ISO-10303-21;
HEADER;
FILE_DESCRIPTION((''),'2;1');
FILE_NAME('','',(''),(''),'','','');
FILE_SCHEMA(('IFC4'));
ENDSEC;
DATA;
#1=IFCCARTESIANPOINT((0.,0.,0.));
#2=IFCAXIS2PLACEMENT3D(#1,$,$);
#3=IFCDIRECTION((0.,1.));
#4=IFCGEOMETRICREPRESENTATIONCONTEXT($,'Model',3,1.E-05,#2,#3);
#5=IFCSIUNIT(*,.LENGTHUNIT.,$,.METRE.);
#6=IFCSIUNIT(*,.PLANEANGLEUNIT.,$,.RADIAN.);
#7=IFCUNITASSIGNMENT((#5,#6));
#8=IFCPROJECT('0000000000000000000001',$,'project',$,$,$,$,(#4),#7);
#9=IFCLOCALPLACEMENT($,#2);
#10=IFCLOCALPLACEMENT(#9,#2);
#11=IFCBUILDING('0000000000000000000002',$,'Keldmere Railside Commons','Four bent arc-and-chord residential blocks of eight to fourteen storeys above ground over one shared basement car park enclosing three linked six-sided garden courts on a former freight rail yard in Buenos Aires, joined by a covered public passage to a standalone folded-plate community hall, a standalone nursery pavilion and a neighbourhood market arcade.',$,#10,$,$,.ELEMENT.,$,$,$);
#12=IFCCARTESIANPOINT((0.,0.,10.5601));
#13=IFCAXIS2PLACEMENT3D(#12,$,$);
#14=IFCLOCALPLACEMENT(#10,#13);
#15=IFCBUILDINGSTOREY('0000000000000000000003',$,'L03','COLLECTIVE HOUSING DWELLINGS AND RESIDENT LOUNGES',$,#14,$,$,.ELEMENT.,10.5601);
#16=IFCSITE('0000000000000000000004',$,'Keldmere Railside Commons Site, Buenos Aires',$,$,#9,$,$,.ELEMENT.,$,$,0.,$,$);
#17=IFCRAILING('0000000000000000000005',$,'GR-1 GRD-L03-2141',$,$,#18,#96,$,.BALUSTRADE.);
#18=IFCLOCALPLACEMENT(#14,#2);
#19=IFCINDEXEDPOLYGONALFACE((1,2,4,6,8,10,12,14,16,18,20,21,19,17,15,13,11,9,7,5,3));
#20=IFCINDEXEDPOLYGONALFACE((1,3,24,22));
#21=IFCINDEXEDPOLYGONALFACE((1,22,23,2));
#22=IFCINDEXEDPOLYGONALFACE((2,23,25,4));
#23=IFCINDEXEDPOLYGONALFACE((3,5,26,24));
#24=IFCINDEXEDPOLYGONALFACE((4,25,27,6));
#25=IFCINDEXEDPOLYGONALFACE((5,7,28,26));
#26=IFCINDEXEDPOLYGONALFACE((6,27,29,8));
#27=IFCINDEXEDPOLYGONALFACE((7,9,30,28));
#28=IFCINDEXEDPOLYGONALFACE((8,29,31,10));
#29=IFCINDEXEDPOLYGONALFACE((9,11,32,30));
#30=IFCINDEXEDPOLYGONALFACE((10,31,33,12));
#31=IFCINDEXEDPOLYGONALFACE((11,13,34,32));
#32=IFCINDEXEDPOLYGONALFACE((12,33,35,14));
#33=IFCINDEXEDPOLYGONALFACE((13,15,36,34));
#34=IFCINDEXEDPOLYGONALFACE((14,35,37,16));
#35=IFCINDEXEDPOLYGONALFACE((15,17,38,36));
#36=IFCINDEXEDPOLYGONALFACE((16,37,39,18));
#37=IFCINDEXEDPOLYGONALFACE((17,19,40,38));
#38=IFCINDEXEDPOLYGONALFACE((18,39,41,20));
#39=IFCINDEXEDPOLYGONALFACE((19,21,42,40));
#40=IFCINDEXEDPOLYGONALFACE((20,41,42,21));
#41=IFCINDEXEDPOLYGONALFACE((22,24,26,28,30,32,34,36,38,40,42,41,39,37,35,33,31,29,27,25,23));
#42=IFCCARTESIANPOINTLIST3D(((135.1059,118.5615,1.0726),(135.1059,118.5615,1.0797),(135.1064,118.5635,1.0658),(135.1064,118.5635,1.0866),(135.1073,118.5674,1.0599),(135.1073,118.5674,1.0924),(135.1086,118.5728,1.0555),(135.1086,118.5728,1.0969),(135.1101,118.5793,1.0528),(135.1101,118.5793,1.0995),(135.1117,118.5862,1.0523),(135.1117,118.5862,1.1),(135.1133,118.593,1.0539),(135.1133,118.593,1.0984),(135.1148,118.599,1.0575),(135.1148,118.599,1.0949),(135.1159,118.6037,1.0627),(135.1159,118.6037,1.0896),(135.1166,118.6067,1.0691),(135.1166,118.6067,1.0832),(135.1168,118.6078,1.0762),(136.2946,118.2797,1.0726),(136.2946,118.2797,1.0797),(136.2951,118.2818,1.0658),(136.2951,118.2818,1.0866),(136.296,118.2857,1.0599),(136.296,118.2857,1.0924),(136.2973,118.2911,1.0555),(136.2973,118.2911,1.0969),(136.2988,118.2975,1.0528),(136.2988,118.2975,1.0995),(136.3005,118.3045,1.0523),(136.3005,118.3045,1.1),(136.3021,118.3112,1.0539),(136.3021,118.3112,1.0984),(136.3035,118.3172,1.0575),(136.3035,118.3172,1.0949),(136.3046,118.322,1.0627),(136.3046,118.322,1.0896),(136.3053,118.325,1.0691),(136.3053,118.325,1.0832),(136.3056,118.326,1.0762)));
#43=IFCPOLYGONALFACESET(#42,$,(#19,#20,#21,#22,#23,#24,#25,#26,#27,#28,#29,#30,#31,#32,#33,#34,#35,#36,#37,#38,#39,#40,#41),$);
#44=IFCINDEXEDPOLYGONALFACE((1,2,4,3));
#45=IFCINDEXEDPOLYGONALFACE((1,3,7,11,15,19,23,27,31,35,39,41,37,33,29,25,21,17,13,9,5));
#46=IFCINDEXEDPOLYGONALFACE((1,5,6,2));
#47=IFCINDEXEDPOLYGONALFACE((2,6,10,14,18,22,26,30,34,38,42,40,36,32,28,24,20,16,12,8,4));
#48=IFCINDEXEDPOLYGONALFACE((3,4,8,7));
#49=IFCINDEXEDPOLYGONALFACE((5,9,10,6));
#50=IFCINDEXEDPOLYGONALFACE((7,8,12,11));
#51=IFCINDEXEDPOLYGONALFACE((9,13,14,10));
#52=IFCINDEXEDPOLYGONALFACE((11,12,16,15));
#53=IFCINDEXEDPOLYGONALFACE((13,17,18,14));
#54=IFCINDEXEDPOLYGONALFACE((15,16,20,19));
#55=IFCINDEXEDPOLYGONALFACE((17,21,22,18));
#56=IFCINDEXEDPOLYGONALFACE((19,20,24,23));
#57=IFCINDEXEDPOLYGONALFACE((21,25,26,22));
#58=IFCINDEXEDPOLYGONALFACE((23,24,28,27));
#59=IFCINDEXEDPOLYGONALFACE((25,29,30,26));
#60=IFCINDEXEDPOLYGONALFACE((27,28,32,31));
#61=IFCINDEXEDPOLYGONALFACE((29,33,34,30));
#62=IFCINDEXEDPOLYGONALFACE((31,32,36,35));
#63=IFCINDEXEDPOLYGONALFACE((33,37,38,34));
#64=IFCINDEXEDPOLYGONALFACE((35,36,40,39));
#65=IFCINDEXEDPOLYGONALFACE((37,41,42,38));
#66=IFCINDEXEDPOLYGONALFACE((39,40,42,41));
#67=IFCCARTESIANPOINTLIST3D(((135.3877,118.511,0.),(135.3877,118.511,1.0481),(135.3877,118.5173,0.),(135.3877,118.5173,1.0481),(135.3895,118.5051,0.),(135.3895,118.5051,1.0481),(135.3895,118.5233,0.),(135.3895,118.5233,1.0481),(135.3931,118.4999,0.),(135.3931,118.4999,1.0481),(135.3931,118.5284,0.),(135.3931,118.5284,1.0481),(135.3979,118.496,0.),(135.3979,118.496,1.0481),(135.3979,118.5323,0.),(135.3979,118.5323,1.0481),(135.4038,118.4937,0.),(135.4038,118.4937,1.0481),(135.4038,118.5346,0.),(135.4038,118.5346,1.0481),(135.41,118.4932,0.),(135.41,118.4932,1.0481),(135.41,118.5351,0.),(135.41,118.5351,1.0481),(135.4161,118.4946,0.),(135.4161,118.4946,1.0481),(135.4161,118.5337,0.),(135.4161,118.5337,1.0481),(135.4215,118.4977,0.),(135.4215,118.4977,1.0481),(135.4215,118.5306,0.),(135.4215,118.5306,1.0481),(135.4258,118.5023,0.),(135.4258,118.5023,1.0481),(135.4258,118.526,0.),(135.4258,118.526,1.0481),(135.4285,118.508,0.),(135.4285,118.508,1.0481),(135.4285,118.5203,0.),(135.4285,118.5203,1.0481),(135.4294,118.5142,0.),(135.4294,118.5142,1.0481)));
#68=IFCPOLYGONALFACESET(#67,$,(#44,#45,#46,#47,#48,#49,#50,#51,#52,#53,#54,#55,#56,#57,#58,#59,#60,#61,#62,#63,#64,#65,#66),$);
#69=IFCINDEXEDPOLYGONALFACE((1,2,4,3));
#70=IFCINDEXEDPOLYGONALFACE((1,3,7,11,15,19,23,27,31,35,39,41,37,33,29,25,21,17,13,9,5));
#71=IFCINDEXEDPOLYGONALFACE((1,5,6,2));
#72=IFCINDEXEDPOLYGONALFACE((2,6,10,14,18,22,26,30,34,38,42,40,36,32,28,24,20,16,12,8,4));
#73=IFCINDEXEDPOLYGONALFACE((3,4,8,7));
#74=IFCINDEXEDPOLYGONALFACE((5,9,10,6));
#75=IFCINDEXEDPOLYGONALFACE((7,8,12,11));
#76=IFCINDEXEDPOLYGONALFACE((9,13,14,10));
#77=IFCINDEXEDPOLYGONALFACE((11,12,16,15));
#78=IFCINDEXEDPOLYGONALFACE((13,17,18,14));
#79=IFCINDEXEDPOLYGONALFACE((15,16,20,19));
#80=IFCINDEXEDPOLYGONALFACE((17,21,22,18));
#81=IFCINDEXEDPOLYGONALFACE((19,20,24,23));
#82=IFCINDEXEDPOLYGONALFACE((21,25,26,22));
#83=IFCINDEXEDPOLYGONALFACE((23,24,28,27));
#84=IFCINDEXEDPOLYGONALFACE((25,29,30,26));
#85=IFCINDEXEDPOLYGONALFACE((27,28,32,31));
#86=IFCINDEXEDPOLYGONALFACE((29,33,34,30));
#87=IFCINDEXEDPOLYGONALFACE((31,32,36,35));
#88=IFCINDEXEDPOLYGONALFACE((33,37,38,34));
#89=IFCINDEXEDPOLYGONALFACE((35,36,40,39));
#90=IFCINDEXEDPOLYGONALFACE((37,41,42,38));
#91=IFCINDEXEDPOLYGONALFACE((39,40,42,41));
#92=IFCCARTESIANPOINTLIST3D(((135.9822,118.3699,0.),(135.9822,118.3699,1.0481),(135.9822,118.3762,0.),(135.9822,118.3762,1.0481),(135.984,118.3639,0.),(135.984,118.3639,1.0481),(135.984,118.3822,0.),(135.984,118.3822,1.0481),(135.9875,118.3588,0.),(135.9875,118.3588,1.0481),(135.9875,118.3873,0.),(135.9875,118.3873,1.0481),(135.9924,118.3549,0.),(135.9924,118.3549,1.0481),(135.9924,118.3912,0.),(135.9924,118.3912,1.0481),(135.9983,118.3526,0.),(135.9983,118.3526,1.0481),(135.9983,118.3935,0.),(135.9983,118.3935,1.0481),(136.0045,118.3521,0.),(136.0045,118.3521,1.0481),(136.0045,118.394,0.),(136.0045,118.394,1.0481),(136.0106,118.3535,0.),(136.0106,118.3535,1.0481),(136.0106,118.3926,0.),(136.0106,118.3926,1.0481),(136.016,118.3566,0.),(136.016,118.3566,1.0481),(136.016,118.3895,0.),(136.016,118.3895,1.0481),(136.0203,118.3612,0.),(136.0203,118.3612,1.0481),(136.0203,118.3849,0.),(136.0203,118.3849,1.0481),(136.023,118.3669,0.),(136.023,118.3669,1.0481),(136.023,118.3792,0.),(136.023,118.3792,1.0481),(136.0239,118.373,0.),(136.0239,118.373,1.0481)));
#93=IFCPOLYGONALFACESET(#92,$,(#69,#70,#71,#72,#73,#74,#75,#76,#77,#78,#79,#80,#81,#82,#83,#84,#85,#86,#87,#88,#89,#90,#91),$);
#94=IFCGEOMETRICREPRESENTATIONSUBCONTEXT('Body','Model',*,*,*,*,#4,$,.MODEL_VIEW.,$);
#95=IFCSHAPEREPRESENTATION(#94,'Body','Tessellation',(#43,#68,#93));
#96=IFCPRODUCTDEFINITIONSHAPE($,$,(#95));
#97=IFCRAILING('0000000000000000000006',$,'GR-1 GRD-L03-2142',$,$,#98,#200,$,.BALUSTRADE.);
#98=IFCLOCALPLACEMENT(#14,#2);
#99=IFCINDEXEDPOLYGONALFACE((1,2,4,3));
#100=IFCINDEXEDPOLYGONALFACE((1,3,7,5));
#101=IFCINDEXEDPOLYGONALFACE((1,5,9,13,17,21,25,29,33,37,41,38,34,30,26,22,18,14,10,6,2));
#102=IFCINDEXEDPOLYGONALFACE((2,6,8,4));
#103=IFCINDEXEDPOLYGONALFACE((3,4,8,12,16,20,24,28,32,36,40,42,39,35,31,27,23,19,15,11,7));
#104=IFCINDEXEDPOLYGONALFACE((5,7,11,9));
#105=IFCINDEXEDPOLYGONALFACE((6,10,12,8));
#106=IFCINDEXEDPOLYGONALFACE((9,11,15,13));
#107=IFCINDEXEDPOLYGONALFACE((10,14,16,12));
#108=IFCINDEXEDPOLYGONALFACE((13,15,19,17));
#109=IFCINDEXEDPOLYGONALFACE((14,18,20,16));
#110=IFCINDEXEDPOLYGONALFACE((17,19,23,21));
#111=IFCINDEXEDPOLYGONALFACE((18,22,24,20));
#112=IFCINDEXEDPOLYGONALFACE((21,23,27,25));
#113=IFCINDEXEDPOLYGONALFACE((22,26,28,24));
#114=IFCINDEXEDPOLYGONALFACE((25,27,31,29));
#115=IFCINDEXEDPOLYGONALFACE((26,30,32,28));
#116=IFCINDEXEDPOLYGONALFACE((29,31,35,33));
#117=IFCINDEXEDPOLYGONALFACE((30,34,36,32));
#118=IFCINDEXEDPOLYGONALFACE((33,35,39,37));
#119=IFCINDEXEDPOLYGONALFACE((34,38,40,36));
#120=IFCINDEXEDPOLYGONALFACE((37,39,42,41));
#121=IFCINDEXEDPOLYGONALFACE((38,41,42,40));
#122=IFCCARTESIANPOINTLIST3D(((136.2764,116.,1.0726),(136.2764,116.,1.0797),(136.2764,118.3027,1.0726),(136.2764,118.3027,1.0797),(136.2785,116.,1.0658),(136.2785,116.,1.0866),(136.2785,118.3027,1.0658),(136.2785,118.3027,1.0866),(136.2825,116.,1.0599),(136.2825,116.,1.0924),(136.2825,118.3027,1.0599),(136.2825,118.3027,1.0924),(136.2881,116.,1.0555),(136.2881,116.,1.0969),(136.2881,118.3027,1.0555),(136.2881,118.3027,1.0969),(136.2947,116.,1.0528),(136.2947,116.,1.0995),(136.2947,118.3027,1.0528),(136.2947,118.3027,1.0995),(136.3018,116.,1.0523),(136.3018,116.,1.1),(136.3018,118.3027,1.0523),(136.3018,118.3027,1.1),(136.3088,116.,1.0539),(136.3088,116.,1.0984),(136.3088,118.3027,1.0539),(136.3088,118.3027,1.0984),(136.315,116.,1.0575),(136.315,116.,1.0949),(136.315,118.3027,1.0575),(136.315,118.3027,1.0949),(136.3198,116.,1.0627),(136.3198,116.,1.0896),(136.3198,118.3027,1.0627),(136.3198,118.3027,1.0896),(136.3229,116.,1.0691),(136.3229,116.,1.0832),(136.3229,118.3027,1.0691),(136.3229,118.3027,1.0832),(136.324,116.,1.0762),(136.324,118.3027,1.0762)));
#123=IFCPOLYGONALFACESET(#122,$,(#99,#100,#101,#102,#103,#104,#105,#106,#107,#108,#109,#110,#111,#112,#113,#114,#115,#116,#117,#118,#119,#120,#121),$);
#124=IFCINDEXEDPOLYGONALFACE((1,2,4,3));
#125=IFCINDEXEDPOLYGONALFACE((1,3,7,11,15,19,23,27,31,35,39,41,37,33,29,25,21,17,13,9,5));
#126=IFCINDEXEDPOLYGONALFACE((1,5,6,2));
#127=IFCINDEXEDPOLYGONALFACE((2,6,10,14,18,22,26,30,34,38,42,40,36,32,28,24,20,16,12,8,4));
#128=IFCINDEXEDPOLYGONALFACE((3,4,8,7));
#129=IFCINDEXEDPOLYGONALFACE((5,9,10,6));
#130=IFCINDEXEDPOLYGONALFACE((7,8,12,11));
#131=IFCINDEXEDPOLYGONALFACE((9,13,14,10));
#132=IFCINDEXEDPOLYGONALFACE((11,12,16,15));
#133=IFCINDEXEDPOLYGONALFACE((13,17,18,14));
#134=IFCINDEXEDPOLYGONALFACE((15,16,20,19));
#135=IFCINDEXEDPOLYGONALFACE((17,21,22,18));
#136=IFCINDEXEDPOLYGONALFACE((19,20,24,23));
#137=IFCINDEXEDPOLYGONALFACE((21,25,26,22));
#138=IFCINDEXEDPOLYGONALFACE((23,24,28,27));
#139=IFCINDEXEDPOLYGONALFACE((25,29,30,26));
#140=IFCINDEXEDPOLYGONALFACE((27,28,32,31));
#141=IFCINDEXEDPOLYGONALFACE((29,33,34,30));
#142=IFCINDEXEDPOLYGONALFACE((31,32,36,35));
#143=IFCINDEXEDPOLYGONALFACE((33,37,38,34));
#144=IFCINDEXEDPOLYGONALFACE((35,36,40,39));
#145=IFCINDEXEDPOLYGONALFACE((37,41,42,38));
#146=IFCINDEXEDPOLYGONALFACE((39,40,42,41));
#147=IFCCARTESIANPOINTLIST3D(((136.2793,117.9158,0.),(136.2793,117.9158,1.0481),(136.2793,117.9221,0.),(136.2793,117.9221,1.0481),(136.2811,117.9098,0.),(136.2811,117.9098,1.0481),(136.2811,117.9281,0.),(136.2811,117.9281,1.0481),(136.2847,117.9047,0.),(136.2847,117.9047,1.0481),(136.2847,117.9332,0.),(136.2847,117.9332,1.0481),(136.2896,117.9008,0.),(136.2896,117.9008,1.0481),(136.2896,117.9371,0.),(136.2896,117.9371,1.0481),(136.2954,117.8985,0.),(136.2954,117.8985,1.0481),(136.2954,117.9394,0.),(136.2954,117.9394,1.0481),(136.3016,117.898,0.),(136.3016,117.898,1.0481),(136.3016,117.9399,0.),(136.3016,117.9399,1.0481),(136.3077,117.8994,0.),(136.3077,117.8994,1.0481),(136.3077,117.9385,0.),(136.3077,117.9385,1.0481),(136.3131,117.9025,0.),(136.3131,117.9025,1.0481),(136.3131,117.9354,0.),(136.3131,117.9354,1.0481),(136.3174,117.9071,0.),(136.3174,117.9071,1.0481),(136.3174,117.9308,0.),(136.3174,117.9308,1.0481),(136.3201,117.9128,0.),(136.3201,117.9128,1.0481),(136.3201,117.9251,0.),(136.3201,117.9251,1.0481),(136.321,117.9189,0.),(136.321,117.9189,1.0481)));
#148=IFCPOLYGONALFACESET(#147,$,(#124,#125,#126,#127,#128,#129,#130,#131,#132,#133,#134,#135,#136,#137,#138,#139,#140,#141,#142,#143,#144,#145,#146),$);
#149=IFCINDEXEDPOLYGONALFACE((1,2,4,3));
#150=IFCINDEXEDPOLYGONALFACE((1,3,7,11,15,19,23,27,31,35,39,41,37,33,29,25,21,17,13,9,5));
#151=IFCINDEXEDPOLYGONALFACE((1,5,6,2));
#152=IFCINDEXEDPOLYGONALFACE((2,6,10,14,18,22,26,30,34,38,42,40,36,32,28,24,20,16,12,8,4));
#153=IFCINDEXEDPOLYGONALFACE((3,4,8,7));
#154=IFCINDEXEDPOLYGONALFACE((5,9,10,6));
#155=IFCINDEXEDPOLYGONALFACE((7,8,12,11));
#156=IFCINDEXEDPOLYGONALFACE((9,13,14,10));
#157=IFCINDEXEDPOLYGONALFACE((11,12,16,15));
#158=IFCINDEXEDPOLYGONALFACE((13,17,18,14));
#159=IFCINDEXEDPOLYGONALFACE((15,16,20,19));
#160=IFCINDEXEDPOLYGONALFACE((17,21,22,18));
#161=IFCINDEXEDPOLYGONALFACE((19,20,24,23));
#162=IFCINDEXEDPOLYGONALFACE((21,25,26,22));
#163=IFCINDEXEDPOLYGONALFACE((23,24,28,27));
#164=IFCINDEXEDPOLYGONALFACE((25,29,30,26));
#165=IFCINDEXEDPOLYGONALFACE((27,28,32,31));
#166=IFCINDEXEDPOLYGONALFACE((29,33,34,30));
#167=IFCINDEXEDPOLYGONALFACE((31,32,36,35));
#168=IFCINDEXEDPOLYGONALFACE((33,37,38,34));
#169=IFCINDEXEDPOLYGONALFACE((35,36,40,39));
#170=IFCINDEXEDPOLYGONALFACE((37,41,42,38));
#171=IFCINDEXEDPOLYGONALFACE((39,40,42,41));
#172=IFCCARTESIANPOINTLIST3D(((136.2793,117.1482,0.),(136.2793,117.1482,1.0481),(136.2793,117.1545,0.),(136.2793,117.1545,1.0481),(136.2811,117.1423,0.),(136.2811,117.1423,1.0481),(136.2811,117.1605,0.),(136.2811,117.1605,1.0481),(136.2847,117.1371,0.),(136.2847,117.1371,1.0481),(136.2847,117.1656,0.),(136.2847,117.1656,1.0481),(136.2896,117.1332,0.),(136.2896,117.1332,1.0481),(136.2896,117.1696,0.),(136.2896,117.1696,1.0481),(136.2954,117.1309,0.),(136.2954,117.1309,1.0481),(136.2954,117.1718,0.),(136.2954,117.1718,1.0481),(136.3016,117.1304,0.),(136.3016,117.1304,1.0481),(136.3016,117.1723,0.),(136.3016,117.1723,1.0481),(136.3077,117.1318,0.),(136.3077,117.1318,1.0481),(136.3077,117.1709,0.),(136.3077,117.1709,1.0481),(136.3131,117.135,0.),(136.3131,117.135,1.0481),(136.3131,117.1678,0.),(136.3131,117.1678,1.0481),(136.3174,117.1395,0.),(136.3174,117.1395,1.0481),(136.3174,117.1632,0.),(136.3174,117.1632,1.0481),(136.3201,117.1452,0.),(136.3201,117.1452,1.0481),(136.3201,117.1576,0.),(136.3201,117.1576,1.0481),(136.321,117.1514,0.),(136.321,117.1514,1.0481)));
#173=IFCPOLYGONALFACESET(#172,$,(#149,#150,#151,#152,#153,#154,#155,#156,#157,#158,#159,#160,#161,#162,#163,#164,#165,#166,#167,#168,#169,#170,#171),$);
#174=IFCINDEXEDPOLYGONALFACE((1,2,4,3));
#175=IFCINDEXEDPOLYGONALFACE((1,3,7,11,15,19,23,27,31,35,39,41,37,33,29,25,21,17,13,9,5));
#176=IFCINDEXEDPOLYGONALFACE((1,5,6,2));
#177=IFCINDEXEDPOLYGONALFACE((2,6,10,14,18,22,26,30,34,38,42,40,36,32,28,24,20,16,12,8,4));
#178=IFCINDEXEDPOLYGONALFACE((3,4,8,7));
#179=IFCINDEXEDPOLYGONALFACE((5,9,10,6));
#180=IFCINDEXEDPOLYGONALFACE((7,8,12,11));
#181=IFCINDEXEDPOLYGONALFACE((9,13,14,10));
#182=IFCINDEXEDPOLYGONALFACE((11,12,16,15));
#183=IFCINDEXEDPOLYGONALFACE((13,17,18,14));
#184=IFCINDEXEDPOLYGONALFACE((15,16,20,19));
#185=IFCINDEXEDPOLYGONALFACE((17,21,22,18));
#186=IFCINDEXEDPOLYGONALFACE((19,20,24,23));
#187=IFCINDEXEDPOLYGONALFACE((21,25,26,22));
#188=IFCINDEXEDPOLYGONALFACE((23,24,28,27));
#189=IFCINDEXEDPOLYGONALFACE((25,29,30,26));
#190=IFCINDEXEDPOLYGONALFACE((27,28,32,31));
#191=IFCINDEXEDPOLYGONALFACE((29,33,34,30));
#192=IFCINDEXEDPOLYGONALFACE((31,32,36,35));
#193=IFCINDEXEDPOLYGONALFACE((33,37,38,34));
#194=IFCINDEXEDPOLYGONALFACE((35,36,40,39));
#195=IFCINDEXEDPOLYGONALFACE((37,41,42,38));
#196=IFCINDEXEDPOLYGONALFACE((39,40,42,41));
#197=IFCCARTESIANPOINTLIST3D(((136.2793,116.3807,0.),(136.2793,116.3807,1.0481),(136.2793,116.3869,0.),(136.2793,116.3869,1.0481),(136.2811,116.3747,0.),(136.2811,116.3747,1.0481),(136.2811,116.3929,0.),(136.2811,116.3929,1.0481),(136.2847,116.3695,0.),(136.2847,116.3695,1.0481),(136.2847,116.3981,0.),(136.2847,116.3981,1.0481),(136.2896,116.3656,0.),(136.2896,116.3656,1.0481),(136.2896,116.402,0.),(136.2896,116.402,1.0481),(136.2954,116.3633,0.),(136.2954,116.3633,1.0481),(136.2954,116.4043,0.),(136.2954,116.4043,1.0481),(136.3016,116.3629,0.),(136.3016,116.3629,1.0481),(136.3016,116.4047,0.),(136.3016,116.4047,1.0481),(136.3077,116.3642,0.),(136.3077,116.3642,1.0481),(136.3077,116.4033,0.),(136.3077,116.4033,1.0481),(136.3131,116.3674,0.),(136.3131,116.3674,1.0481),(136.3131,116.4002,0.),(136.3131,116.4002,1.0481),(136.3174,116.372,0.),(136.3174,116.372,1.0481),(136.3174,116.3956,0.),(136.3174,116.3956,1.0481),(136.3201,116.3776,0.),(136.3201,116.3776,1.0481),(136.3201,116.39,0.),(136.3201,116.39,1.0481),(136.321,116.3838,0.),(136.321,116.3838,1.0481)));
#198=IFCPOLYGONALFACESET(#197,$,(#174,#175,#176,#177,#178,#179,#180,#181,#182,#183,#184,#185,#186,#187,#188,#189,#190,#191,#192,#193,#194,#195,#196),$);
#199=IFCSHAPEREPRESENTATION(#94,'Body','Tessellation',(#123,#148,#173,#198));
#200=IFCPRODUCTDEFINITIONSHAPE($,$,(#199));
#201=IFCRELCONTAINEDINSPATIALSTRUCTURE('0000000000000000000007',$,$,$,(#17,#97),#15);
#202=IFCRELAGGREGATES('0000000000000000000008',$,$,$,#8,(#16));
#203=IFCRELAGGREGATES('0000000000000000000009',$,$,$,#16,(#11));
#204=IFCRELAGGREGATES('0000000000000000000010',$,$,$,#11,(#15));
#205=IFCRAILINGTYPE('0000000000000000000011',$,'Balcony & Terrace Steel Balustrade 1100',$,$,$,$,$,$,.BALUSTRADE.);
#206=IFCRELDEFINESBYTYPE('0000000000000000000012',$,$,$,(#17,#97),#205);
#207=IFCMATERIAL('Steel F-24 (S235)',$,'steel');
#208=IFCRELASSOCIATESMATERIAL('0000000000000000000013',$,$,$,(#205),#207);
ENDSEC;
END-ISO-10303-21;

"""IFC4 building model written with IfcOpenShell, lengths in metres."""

from ifc_helpers import new_model, si_unit, direction, frame, origin, origin_2d, place, context, subcontext, project, spatial, circle, extrude, material, type_object, element, save


model = new_model("IFC4")

# Units and contexts
model_context = context("Model", 3, precision=1e-05, world=origin(), true_north=direction((0.0, 1.0)))
body_context = subcontext(model_context, "Body", "Model", "MODEL_VIEW")
ifc_project = project(units=[si_unit("LENGTHUNIT", "METRE"), si_unit("PLANEANGLEUNIT", "RADIAN")], contexts=[model_context])

# Site, building, storey
site_placement = place(None, origin())
site = spatial("IfcSite", under=ifc_project, at=site_placement, Name="Keldmere Railside Commons Site, Buenos Aires", CompositionType="ELEMENT", RefElevation=0.0)
building_placement = place(site_placement, origin())
building = spatial("IfcBuilding", under=site, at=building_placement, Name="Keldmere Railside Commons", Description="Four bent arc-and-chord residential blocks of eight to fourteen storeys above ground over one shared basement car park enclosing three linked six-sided garden courts on a former freight rail yard in Buenos Aires, joined by a covered public passage to a standalone folded-plate community hall, a standalone nursery pavilion and a neighbourhood market arcade.", CompositionType="ELEMENT")
storey_placement = place(building_placement, frame((0.0, 0.0, 10.5601)))
storey = spatial("IfcBuildingStorey", under=building, at=storey_placement, Name="L03", Description="COLLECTIVE HOUSING DWELLINGS AND RESIDENT LOUNGES", CompositionType="ELEMENT", Elevation=10.5601)

# Railings
ifc_material_1 = material(Name="Steel F-24 (S235)", Category="steel")
railing_type = type_object("IfcRailingType", Name="Balcony & Terrace Steel Balustrade 1100", PredefinedType="BALUSTRADE", material=ifc_material_1)
railing_1_placement = place(storey_placement, frame((135.1113, 118.5845, 0.0)))
element("IfcRailing", 1, at=railing_1_placement, inside=storey, type_object=railing_type, Name="GR-1 GRD-L03-2141", PredefinedType="BALUSTRADE", context=body_context, shape_type="SweptSolid", body=[
    extrude(circle(Radius=0.0239, at=origin_2d()), frame((0.0, 0.0, 1.0762), z_axis=(0.973044, -0.230621, 0.0), x_axis=(0.230621, 0.973044, 0.0)), (0.0, 0.0, 1.0), 1.2217),
    extrude(circle(Radius=0.021, at=origin_2d()), frame((0.2971, -0.0703, 0.0)), (0.0, 0.0, 1.0), 1.0481),
    extrude(circle(Radius=0.021, at=origin_2d()), frame((0.8916, -0.2114, 0.0)), (0.0, 0.0, 1.0), 1.0481),
])
railing_2_placement = place(storey_placement, frame((136.3, 118.3027, 0.0)))
element("IfcRailing", 2, at=railing_2_placement, inside=storey, type_object=railing_type, Name="GR-1 GRD-L03-2142", PredefinedType="BALUSTRADE", context=body_context, shape_type="SweptSolid", body=[
    extrude(circle(Radius=0.0239, at=origin_2d()), frame((0.0, 0.0, 1.0762), z_axis=(0.0, -1.0, 0.0), x_axis=(1.0, 0.0, 0.0)), (0.0, 0.0, 1.0), 2.3027),
    extrude(circle(Radius=0.021, at=origin_2d()), frame((0.0, -0.3838, 0.0)), (0.0, 0.0, 1.0), 1.0481),
    extrude(circle(Radius=0.021, at=origin_2d()), frame((0.0, -1.1514, 0.0)), (0.0, 0.0, 1.0), 1.0481),
    extrude(circle(Radius=0.021, at=origin_2d()), frame((0.0, -1.9189, 0.0)), (0.0, 0.0, 1.0), 1.0481),
])

save(model, "model.ifc")
